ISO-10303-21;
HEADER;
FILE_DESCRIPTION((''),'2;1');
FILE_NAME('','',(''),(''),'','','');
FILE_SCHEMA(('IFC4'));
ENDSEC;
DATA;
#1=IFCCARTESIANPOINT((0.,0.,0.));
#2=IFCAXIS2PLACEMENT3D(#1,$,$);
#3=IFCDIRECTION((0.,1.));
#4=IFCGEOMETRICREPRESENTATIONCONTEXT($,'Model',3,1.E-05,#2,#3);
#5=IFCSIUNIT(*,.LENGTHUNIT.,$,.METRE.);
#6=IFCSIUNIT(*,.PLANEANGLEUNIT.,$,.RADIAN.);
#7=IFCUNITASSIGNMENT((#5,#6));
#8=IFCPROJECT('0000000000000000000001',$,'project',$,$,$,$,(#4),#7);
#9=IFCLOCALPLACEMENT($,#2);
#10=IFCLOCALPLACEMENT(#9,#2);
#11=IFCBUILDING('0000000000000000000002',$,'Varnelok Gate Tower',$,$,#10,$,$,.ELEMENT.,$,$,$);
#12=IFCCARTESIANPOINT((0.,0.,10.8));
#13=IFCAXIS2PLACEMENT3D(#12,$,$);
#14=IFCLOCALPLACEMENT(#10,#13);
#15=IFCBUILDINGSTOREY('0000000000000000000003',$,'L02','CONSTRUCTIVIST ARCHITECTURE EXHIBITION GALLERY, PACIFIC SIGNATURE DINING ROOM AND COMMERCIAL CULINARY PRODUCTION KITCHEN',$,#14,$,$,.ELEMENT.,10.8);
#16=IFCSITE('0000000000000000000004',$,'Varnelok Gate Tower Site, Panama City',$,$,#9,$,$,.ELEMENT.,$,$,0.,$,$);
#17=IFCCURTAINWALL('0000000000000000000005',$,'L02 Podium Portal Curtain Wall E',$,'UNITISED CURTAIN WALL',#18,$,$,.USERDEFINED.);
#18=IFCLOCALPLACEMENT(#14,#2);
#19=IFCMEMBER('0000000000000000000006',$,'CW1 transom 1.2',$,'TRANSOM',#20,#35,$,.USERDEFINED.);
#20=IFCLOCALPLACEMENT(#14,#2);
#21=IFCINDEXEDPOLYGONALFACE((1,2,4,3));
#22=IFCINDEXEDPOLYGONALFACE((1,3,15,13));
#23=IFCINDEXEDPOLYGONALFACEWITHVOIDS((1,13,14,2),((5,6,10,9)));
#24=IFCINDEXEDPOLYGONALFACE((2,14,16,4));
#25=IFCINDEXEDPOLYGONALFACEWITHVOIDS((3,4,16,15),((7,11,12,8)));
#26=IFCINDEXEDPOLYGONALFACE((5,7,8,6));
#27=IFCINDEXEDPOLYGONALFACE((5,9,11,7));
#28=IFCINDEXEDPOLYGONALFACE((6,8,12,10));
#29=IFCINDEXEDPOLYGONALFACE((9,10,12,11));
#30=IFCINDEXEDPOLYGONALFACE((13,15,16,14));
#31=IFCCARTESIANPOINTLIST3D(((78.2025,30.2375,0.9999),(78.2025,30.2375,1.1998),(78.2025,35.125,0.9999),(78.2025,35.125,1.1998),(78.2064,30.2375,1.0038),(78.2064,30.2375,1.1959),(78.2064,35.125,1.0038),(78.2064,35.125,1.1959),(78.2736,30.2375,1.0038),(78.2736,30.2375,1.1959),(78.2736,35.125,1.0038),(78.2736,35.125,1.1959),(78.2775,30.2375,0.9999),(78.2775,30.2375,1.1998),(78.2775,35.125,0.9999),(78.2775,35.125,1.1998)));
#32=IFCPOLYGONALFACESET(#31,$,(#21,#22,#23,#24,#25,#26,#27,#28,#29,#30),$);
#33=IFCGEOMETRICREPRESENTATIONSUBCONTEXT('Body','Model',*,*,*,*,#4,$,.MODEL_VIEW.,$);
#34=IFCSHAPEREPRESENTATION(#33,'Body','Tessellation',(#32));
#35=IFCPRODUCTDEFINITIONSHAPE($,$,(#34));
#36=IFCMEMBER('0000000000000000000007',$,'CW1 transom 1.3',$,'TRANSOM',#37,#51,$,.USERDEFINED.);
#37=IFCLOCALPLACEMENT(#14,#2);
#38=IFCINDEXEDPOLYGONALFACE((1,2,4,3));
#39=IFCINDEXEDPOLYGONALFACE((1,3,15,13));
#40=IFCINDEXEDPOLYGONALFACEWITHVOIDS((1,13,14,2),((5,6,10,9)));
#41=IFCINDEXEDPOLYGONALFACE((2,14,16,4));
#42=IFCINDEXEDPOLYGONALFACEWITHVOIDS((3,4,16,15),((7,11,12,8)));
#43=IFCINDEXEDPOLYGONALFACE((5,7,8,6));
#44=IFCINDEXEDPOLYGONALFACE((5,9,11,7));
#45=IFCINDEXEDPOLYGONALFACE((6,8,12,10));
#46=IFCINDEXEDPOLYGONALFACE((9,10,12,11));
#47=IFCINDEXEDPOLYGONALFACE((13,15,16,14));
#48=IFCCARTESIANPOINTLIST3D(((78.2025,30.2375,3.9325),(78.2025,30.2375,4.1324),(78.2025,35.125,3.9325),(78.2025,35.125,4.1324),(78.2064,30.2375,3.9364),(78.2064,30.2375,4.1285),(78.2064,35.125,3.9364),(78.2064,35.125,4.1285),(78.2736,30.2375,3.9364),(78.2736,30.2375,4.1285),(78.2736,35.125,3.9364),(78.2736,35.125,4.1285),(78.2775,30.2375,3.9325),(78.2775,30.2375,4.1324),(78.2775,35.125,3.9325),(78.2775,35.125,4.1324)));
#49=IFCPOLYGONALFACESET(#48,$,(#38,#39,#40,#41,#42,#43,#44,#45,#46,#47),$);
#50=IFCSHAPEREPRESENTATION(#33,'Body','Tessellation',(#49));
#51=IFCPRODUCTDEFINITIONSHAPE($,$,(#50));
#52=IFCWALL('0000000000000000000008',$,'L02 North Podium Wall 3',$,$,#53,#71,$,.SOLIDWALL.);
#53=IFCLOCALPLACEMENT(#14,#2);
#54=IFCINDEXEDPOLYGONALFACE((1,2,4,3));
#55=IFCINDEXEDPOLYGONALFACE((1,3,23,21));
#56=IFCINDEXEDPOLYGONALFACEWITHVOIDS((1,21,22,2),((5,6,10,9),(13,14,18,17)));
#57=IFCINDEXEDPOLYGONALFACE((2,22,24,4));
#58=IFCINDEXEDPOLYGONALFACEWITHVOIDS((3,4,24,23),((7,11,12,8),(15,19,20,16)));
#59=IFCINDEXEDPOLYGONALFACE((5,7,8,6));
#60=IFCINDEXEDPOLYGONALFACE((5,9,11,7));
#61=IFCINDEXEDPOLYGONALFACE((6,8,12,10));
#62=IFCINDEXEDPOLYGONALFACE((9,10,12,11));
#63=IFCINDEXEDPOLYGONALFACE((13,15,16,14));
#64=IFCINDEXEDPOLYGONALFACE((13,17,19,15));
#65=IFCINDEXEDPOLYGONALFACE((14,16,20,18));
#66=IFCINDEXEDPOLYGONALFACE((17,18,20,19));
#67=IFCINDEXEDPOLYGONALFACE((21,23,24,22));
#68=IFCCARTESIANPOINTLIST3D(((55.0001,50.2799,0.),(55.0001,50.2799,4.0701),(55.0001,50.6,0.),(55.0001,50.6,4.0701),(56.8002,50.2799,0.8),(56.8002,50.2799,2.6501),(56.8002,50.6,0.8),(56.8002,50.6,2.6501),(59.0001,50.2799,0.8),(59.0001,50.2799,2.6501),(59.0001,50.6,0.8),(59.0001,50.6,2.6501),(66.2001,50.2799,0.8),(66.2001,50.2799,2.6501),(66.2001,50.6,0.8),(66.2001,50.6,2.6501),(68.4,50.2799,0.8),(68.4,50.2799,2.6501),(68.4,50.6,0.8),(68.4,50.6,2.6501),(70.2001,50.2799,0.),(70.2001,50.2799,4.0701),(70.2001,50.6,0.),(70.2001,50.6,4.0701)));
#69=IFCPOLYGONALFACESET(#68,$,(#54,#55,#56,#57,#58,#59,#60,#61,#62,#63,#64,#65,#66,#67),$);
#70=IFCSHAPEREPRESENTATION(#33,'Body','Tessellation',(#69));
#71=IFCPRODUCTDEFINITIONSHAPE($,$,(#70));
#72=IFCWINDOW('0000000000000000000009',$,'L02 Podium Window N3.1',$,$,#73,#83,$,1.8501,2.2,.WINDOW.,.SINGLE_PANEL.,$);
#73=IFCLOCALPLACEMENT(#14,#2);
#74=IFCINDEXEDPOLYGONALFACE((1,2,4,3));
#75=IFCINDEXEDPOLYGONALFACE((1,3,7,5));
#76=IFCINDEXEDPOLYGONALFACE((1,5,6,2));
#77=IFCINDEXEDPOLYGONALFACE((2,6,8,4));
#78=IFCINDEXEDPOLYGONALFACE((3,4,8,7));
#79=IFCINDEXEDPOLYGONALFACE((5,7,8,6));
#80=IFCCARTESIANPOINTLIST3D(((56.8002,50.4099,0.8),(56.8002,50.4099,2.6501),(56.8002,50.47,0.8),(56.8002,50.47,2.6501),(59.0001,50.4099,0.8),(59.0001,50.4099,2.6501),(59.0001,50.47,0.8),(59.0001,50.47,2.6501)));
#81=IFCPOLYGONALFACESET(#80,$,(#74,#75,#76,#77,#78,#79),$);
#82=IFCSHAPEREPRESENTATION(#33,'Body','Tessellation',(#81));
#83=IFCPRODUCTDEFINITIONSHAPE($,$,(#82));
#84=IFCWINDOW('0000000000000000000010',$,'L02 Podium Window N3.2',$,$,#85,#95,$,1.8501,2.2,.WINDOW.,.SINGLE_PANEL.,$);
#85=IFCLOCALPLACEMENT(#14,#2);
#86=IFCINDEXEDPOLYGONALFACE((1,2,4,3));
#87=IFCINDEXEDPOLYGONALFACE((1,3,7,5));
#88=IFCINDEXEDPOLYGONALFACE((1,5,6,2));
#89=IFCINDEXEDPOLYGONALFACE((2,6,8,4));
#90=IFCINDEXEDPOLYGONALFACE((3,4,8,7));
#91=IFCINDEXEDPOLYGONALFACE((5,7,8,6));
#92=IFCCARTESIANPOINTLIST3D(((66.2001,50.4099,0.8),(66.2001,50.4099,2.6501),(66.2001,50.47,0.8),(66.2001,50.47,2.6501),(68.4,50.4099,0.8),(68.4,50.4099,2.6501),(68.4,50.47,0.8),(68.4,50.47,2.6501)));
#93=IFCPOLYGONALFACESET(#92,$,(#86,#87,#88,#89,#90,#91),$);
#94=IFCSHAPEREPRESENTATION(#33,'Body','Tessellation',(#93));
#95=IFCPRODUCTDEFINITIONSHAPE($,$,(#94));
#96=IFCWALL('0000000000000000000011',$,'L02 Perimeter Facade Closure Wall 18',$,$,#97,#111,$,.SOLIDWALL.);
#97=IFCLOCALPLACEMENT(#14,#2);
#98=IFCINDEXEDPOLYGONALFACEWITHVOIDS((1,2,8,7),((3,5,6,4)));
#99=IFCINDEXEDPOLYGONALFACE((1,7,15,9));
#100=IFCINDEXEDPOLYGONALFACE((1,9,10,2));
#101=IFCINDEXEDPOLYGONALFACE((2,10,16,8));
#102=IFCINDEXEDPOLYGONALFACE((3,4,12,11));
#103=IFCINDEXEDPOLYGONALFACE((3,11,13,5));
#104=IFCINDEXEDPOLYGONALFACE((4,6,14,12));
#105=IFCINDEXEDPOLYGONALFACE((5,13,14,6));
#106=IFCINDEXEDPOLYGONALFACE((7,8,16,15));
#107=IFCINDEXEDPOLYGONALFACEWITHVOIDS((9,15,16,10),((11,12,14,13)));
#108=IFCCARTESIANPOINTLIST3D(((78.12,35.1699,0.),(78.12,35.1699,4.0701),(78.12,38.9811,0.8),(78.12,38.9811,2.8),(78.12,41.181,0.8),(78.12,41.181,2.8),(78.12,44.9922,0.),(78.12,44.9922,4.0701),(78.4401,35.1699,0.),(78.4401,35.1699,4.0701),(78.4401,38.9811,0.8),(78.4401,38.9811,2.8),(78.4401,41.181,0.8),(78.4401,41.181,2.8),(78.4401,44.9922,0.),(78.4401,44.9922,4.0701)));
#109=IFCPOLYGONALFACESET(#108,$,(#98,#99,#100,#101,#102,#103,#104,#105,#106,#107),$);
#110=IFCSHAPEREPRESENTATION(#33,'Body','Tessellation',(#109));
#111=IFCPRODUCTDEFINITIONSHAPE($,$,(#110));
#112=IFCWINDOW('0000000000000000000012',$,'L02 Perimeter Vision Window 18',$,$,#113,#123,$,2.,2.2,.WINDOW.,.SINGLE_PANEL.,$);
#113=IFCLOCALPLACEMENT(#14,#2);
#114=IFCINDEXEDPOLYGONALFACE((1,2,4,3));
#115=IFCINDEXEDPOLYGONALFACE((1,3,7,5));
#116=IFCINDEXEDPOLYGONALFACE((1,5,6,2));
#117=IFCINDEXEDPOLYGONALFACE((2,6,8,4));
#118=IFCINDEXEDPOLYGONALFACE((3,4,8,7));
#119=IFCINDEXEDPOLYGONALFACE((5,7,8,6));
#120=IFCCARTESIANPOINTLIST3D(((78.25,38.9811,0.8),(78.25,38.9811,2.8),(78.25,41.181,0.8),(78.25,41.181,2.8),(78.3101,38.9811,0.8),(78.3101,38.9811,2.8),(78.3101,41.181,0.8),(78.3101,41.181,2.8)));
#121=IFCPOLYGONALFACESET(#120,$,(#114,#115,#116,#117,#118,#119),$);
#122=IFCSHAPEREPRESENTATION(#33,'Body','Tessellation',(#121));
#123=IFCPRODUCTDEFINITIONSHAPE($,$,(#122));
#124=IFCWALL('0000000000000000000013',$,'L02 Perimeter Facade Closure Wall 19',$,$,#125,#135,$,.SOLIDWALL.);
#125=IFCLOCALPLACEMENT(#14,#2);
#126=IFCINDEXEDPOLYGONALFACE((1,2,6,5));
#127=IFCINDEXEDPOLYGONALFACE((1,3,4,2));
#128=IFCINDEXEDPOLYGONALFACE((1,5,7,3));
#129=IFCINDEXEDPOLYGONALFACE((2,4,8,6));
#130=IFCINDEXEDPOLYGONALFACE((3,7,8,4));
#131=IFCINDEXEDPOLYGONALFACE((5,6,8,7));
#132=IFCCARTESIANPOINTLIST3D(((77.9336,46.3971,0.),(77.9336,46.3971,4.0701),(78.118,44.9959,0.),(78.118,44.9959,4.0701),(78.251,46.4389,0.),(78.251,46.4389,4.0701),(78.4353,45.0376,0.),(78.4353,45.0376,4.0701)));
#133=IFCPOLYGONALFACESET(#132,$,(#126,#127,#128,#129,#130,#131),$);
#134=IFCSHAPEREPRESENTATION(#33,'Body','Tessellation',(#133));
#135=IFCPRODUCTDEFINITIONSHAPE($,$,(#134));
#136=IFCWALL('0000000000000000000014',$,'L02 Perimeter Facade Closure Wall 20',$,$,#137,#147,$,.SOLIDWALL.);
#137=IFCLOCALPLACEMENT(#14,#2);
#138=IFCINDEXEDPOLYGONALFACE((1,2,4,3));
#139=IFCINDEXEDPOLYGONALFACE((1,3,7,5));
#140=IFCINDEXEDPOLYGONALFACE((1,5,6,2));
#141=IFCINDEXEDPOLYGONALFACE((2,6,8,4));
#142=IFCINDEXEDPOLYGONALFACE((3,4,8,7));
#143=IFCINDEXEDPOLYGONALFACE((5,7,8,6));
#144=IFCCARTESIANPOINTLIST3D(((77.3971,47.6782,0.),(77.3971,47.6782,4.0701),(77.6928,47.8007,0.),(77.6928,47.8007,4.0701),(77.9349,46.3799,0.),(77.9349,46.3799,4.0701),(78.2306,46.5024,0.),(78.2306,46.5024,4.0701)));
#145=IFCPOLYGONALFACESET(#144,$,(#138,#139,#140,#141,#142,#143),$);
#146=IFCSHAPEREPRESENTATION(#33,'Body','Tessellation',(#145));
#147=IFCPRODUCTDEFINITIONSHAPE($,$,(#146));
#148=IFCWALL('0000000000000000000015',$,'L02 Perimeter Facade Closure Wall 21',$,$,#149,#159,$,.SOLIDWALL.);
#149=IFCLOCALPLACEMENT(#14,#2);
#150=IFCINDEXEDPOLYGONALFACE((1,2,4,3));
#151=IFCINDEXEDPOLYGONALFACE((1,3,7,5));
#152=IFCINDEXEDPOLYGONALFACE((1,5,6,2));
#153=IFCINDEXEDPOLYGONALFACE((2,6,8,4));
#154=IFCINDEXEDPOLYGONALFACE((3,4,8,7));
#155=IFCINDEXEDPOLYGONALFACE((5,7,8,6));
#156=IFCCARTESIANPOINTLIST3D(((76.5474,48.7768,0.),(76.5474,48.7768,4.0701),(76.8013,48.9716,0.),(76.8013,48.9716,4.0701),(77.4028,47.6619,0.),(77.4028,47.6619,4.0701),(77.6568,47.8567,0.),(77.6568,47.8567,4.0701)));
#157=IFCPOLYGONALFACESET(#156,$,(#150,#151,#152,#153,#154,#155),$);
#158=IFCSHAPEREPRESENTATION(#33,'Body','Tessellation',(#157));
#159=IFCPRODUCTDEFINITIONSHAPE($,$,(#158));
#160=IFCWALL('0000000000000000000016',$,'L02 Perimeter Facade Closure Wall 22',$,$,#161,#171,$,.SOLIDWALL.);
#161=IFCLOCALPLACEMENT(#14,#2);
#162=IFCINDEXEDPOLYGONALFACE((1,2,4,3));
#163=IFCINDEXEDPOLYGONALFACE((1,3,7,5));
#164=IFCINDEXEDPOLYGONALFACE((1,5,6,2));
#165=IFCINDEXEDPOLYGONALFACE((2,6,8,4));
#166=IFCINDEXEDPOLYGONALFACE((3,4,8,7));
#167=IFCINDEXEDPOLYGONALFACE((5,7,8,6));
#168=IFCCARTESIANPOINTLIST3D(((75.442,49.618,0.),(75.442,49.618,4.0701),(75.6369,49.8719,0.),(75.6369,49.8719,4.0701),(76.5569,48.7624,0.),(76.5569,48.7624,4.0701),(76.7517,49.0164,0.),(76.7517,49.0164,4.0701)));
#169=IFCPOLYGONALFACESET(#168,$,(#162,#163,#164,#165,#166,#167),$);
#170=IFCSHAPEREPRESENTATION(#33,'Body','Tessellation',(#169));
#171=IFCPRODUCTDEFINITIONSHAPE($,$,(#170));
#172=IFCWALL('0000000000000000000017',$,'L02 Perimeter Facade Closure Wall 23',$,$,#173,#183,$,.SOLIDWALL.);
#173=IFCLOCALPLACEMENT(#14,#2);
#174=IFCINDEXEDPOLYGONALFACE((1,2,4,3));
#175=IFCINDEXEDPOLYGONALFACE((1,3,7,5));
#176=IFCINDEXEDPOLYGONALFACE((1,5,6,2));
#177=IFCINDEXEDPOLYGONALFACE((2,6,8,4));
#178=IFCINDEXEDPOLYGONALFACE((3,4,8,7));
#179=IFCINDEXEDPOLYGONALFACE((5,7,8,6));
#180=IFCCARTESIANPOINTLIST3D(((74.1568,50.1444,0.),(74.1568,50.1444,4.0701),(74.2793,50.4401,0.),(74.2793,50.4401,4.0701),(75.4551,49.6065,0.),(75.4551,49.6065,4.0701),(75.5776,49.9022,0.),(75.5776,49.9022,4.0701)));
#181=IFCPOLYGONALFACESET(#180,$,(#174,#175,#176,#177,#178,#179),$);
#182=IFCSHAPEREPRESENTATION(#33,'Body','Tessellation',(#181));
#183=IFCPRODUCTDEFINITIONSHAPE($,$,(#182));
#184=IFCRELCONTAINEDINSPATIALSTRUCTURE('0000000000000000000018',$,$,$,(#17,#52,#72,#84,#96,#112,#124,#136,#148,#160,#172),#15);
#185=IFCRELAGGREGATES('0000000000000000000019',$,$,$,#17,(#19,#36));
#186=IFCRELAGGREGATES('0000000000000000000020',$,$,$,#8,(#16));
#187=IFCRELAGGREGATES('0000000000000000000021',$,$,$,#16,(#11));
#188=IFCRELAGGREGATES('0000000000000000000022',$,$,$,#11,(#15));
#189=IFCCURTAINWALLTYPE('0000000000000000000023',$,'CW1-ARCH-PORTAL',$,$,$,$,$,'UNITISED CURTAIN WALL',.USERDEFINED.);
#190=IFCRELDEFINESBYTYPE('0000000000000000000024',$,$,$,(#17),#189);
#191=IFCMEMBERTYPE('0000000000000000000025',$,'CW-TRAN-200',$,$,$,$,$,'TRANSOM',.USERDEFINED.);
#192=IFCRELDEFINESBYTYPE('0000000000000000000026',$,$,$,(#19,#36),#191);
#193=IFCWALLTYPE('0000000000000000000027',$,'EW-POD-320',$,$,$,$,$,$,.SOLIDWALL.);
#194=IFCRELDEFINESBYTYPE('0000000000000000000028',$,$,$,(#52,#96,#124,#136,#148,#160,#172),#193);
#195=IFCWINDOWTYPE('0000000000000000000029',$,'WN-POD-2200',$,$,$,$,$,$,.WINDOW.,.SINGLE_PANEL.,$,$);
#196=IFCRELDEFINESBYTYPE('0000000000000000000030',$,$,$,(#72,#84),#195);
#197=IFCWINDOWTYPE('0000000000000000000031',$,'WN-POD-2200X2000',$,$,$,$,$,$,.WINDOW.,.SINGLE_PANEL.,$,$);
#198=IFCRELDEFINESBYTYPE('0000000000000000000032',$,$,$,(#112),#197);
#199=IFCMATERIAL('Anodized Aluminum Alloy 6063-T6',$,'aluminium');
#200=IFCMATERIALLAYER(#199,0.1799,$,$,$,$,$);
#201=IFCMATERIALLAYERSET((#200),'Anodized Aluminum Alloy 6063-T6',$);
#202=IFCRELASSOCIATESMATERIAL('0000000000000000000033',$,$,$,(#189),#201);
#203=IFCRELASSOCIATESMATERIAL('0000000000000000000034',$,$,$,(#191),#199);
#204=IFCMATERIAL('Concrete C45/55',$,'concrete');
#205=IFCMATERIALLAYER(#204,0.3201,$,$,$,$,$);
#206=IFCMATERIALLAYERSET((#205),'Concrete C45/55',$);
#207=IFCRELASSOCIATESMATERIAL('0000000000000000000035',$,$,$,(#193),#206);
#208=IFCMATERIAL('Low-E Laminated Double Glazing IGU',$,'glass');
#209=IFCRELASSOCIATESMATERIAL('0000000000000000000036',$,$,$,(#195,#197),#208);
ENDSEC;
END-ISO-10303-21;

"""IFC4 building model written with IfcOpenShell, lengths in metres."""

from ifc_helpers import new_model, si_unit, direction, frame, frame_2d, origin, origin_2d, place, context, subcontext, project, spatial, rectangle, hollow_rectangle, extrude, material, layer, layer_set, material_profile, profile_set, type_object, element, fill, aggregate, save


model = new_model("IFC4")

# Units and contexts
model_context = context("Model", 3, precision=1e-05, world=origin(), true_north=direction((0.0, 1.0)))
body_context = subcontext(model_context, "Body", "Model", "MODEL_VIEW")
ifc_project = project(units=[si_unit("LENGTHUNIT", "METRE"), si_unit("PLANEANGLEUNIT", "RADIAN")], contexts=[model_context])

# Site, building, storey
site_placement = place(None, origin())
site = spatial("IfcSite", under=ifc_project, at=site_placement, Name="Varnelok Gate Tower Site, Panama City", CompositionType="ELEMENT", RefElevation=0.0)
building_placement = place(site_placement, origin())
building = spatial("IfcBuilding", under=site, at=building_placement, Name="Varnelok Gate Tower", CompositionType="ELEMENT")
storey_placement = place(building_placement, frame((0.0, 0.0, 10.8)))
storey = spatial("IfcBuildingStorey", under=building, at=storey_placement, Name="L02", Description="CONSTRUCTIVIST ARCHITECTURE EXHIBITION GALLERY, PACIFIC SIGNATURE DINING ROOM AND COMMERCIAL CULINARY PRODUCTION KITCHEN", CompositionType="ELEMENT", Elevation=10.8)

# Curtain wall, members
ifc_material_1 = material(Name="Anodized Aluminum Alloy 6063-T6", Category="aluminium")
ifc_layer_1 = layer(ifc_material_1, 0.1799)
ifc_layer_set_1 = layer_set([ifc_layer_1], Name="Anodized Aluminum Alloy 6063-T6")
curtain_wall_type = type_object("IfcCurtainWallType", Name="CW1-ARCH-PORTAL", ElementType="UNITISED CURTAIN WALL", PredefinedType="USERDEFINED", material=ifc_layer_set_1)
curtain_wall_placement = place(storey_placement, origin())
curtain_wall = element("IfcCurtainWall", 1, at=curtain_wall_placement, inside=storey, type_object=curtain_wall_type, Name="L02 Podium Portal Curtain Wall E", ObjectType="UNITISED CURTAIN WALL", PredefinedType="USERDEFINED")
ifc_material_profile_1 = material_profile(ifc_material_1, hollow_rectangle(XDim=0.075, YDim=0.2, WallThickness=0.0039, at=origin_2d()), Name="ALU200X75X4")
ifc_profile_set_1 = profile_set([ifc_material_profile_1], Name="Anodized Aluminum Alloy 6063-T6")
member_type_1 = type_object("IfcMemberType", Name="CW-TRAN-200", ElementType="TRANSOM", PredefinedType="USERDEFINED", material=ifc_profile_set_1)
member_1_placement = place(storey_placement, frame((78.24, 35.125, 1.0999), z_axis=(0.0, -1.0, 0.0), x_axis=(1.0, 0.0, 0.0)))
member_1 = element("IfcMember", 2, at=member_1_placement, type_object=member_type_1, Name="CW1 transom 1.2", ObjectType="TRANSOM", PredefinedType="USERDEFINED", context=body_context, shape_type="SweptSolid", body=[
    extrude(hollow_rectangle(XDim=0.075, YDim=0.2, WallThickness=0.0039, at=origin_2d()), origin(), (0.0, 0.0, 1.0), 4.8875),
])
member_2_placement = place(storey_placement, frame((78.24, 35.125, 4.0325), z_axis=(0.0, -1.0, 0.0), x_axis=(1.0, 0.0, 0.0)))
member_2 = element("IfcMember", 3, at=member_2_placement, type_object=member_type_1, Name="CW1 transom 1.3", ObjectType="TRANSOM", PredefinedType="USERDEFINED", context=body_context, shape_type="SweptSolid", body=[
    extrude(hollow_rectangle(XDim=0.075, YDim=0.2, WallThickness=0.0039, at=origin_2d()), origin(), (0.0, 0.0, 1.0), 4.8875),
])
aggregate(curtain_wall, [member_1, member_2])

# Wall, openings, windows
ifc_material_2 = material(Name="Concrete C45/55", Category="concrete")
ifc_layer_2 = layer(ifc_material_2, 0.3201)
ifc_layer_set_2 = layer_set([ifc_layer_2], Name="Concrete C45/55")
wall_type = type_object("IfcWallType", Name="EW-POD-320", PredefinedType="SOLIDWALL", material=ifc_layer_set_2)
wall_1_placement = place(storey_placement, frame((55.0, 50.4399, 0.0), z_axis=(0.0, 0.0, 1.0), x_axis=(1.0, 0.0, 0.0)))
wall_1 = element("IfcWall", 4, at=wall_1_placement, inside=storey, type_object=wall_type, Name="L02 North Podium Wall 3", PredefinedType="SOLIDWALL", context=body_context, shape_type="SweptSolid", body=[
    extrude(rectangle(XDim=15.2, YDim=0.3201, at=frame_2d((7.6001, 0.0))), origin(), (0.0, 0.0, 1.0), 4.0701),
])
opening_1_placement = place(wall_1_placement, frame((1.8, 0.0, 0.8)))
opening_1 = element("IfcOpeningElement", 5, at=opening_1_placement, cuts=wall_1, PredefinedType="OPENING", context=body_context, shape_type="SweptSolid", body=[
    extrude(rectangle(XDim=2.2, YDim=1.8501, at=frame_2d((1.1001, 0.925))), frame((0.0, 0.1699, 0.0), z_axis=(0.0, -1.0, 0.0), x_axis=(1.0, 0.0, 0.0)), (0.0, 0.0, 1.0), 0.3401),
])
opening_2_placement = place(wall_1_placement, frame((11.2, 0.0, 0.8)))
opening_2 = element("IfcOpeningElement", 6, at=opening_2_placement, cuts=wall_1, PredefinedType="OPENING", context=body_context, shape_type="SweptSolid", body=[
    extrude(rectangle(XDim=2.2, YDim=1.8501, at=frame_2d((1.1001, 0.925))), frame((0.0, 0.1699, 0.0), z_axis=(0.0, -1.0, 0.0), x_axis=(1.0, 0.0, 0.0)), (0.0, 0.0, 1.0), 0.3401),
])
ifc_material_3 = material(Name="Low-E Laminated Double Glazing IGU", Category="glass")
window_type_1 = type_object("IfcWindowType", Name="WN-POD-2200", PartitioningType="SINGLE_PANEL", PredefinedType="WINDOW", material=ifc_material_3)
window_1_placement = place(opening_1_placement, origin())
window_1 = element("IfcWindow", 7, at=window_1_placement, inside=storey, type_object=window_type_1, Name="L02 Podium Window N3.1", OverallHeight=1.8501, OverallWidth=2.2, PartitioningType="SINGLE_PANEL", PredefinedType="WINDOW", context=body_context, shape_type="SweptSolid", body=[
    extrude(rectangle(XDim=2.2, YDim=1.8501, at=frame_2d((1.1001, 0.925))), frame((0.0, 0.03, 0.0), z_axis=(0.0, -1.0, 0.0), x_axis=(1.0, 0.0, 0.0)), (0.0, 0.0, 1.0), 0.0601),
])
fill(opening_1, window_1)
window_2_placement = place(opening_2_placement, origin())
window_2 = element("IfcWindow", 8, at=window_2_placement, inside=storey, type_object=window_type_1, Name="L02 Podium Window N3.2", OverallHeight=1.8501, OverallWidth=2.2, PartitioningType="SINGLE_PANEL", PredefinedType="WINDOW", context=body_context, shape_type="SweptSolid", body=[
    extrude(rectangle(XDim=2.2, YDim=1.8501, at=frame_2d((1.1001, 0.925))), frame((0.0, 0.03, 0.0), z_axis=(0.0, -1.0, 0.0), x_axis=(1.0, 0.0, 0.0)), (0.0, 0.0, 1.0), 0.0601),
])
fill(opening_2, window_2)

# Wall, opening, window
wall_2_placement = place(storey_placement, frame((78.28, 35.1699, 0.0), z_axis=(0.0, 0.0, 1.0), x_axis=(0.0, 1.0, 0.0)))
wall_2 = element("IfcWall", 9, at=wall_2_placement, inside=storey, type_object=wall_type, Name="L02 Perimeter Facade Closure Wall 18", PredefinedType="SOLIDWALL", context=body_context, shape_type="SweptSolid", body=[
    extrude(rectangle(XDim=9.8223, YDim=0.3201, at=frame_2d((4.9111, 0.0))), origin(), (0.0, 0.0, 1.0), 4.0701),
])
opening_3_placement = place(wall_2_placement, frame((3.811, 0.0, 0.8)))
opening_3 = element("IfcOpeningElement", 10, at=opening_3_placement, cuts=wall_2, PredefinedType="OPENING", context=body_context, shape_type="SweptSolid", body=[
    extrude(rectangle(XDim=2.2, YDim=2.0, at=frame_2d((1.1001, 1.0))), frame((0.0, 0.1699, 0.0), z_axis=(0.0, -1.0, 0.0), x_axis=(1.0, 0.0, 0.0)), (0.0, 0.0, 1.0), 0.3401),
])
window_type_2 = type_object("IfcWindowType", Name="WN-POD-2200X2000", PartitioningType="SINGLE_PANEL", PredefinedType="WINDOW", material=ifc_material_3)
window_3_placement = place(opening_3_placement, origin())
window_3 = element("IfcWindow", 11, at=window_3_placement, inside=storey, type_object=window_type_2, Name="L02 Perimeter Vision Window 18", OverallHeight=2.0, OverallWidth=2.2, PartitioningType="SINGLE_PANEL", PredefinedType="WINDOW", context=body_context, shape_type="SweptSolid", body=[
    extrude(rectangle(XDim=2.2, YDim=2.0, at=frame_2d((1.1001, 1.0))), frame((0.0, 0.03, 0.0), z_axis=(0.0, -1.0, 0.0), x_axis=(1.0, 0.0, 0.0)), (0.0, 0.0, 1.0), 0.0601),
])
fill(opening_3, window_3)

# Walls
wall_3_placement = place(storey_placement, frame((78.2766, 45.0168, 0.0), z_axis=(0.0, 0.0, 1.0), x_axis=(-0.13041, 0.99146, 0.0)))
element("IfcWall", 12, at=wall_3_placement, inside=storey, type_object=wall_type, Name="L02 Perimeter Facade Closure Wall 19", PredefinedType="SOLIDWALL", context=body_context, shape_type="SweptSolid", body=[
    extrude(rectangle(XDim=1.4133, YDim=0.3201, at=frame_2d((0.7065, 0.0))), origin(), (0.0, 0.0, 1.0), 4.0701),
])
for number, where, z_axis, x_axis, name in (
    (13, (78.0828, 46.4412, 0.0), (0.0, 0.0, 1.0), (-0.382715, 0.923866, 0.0), "L02 Perimeter Facade Closure Wall 20"),
    (14, (77.5298, 47.7593, 0.0), (0.0, 0.0, 1.0), (-0.60872, 0.793385, 0.0), "L02 Perimeter Facade Closure Wall 21"),
    (15, (76.6543, 48.8894, 0.0), (0.0, 0.0, 1.0), (-0.793321, 0.608804, 0.0), "L02 Perimeter Facade Closure Wall 22"),
    (16, (75.5164, 49.7544, 0.0), (0.0, 0.0, 1.0), (-0.923866, 0.382715, 0.0), "L02 Perimeter Facade Closure Wall 23"),
):
    element("IfcWall", number, at=place(storey_placement, frame(where, z_axis=z_axis, x_axis=x_axis)), inside=storey, type_object=wall_type, Name=name, PredefinedType="SOLIDWALL", context=body_context, shape_type="SweptSolid", body=[
        extrude(rectangle(XDim=1.4053, YDim=0.3201, at=frame_2d((0.7026, 0.0))), origin(), (0.0, 0.0, 1.0), 4.0701),
    ])

save(model, "model.ifc")
